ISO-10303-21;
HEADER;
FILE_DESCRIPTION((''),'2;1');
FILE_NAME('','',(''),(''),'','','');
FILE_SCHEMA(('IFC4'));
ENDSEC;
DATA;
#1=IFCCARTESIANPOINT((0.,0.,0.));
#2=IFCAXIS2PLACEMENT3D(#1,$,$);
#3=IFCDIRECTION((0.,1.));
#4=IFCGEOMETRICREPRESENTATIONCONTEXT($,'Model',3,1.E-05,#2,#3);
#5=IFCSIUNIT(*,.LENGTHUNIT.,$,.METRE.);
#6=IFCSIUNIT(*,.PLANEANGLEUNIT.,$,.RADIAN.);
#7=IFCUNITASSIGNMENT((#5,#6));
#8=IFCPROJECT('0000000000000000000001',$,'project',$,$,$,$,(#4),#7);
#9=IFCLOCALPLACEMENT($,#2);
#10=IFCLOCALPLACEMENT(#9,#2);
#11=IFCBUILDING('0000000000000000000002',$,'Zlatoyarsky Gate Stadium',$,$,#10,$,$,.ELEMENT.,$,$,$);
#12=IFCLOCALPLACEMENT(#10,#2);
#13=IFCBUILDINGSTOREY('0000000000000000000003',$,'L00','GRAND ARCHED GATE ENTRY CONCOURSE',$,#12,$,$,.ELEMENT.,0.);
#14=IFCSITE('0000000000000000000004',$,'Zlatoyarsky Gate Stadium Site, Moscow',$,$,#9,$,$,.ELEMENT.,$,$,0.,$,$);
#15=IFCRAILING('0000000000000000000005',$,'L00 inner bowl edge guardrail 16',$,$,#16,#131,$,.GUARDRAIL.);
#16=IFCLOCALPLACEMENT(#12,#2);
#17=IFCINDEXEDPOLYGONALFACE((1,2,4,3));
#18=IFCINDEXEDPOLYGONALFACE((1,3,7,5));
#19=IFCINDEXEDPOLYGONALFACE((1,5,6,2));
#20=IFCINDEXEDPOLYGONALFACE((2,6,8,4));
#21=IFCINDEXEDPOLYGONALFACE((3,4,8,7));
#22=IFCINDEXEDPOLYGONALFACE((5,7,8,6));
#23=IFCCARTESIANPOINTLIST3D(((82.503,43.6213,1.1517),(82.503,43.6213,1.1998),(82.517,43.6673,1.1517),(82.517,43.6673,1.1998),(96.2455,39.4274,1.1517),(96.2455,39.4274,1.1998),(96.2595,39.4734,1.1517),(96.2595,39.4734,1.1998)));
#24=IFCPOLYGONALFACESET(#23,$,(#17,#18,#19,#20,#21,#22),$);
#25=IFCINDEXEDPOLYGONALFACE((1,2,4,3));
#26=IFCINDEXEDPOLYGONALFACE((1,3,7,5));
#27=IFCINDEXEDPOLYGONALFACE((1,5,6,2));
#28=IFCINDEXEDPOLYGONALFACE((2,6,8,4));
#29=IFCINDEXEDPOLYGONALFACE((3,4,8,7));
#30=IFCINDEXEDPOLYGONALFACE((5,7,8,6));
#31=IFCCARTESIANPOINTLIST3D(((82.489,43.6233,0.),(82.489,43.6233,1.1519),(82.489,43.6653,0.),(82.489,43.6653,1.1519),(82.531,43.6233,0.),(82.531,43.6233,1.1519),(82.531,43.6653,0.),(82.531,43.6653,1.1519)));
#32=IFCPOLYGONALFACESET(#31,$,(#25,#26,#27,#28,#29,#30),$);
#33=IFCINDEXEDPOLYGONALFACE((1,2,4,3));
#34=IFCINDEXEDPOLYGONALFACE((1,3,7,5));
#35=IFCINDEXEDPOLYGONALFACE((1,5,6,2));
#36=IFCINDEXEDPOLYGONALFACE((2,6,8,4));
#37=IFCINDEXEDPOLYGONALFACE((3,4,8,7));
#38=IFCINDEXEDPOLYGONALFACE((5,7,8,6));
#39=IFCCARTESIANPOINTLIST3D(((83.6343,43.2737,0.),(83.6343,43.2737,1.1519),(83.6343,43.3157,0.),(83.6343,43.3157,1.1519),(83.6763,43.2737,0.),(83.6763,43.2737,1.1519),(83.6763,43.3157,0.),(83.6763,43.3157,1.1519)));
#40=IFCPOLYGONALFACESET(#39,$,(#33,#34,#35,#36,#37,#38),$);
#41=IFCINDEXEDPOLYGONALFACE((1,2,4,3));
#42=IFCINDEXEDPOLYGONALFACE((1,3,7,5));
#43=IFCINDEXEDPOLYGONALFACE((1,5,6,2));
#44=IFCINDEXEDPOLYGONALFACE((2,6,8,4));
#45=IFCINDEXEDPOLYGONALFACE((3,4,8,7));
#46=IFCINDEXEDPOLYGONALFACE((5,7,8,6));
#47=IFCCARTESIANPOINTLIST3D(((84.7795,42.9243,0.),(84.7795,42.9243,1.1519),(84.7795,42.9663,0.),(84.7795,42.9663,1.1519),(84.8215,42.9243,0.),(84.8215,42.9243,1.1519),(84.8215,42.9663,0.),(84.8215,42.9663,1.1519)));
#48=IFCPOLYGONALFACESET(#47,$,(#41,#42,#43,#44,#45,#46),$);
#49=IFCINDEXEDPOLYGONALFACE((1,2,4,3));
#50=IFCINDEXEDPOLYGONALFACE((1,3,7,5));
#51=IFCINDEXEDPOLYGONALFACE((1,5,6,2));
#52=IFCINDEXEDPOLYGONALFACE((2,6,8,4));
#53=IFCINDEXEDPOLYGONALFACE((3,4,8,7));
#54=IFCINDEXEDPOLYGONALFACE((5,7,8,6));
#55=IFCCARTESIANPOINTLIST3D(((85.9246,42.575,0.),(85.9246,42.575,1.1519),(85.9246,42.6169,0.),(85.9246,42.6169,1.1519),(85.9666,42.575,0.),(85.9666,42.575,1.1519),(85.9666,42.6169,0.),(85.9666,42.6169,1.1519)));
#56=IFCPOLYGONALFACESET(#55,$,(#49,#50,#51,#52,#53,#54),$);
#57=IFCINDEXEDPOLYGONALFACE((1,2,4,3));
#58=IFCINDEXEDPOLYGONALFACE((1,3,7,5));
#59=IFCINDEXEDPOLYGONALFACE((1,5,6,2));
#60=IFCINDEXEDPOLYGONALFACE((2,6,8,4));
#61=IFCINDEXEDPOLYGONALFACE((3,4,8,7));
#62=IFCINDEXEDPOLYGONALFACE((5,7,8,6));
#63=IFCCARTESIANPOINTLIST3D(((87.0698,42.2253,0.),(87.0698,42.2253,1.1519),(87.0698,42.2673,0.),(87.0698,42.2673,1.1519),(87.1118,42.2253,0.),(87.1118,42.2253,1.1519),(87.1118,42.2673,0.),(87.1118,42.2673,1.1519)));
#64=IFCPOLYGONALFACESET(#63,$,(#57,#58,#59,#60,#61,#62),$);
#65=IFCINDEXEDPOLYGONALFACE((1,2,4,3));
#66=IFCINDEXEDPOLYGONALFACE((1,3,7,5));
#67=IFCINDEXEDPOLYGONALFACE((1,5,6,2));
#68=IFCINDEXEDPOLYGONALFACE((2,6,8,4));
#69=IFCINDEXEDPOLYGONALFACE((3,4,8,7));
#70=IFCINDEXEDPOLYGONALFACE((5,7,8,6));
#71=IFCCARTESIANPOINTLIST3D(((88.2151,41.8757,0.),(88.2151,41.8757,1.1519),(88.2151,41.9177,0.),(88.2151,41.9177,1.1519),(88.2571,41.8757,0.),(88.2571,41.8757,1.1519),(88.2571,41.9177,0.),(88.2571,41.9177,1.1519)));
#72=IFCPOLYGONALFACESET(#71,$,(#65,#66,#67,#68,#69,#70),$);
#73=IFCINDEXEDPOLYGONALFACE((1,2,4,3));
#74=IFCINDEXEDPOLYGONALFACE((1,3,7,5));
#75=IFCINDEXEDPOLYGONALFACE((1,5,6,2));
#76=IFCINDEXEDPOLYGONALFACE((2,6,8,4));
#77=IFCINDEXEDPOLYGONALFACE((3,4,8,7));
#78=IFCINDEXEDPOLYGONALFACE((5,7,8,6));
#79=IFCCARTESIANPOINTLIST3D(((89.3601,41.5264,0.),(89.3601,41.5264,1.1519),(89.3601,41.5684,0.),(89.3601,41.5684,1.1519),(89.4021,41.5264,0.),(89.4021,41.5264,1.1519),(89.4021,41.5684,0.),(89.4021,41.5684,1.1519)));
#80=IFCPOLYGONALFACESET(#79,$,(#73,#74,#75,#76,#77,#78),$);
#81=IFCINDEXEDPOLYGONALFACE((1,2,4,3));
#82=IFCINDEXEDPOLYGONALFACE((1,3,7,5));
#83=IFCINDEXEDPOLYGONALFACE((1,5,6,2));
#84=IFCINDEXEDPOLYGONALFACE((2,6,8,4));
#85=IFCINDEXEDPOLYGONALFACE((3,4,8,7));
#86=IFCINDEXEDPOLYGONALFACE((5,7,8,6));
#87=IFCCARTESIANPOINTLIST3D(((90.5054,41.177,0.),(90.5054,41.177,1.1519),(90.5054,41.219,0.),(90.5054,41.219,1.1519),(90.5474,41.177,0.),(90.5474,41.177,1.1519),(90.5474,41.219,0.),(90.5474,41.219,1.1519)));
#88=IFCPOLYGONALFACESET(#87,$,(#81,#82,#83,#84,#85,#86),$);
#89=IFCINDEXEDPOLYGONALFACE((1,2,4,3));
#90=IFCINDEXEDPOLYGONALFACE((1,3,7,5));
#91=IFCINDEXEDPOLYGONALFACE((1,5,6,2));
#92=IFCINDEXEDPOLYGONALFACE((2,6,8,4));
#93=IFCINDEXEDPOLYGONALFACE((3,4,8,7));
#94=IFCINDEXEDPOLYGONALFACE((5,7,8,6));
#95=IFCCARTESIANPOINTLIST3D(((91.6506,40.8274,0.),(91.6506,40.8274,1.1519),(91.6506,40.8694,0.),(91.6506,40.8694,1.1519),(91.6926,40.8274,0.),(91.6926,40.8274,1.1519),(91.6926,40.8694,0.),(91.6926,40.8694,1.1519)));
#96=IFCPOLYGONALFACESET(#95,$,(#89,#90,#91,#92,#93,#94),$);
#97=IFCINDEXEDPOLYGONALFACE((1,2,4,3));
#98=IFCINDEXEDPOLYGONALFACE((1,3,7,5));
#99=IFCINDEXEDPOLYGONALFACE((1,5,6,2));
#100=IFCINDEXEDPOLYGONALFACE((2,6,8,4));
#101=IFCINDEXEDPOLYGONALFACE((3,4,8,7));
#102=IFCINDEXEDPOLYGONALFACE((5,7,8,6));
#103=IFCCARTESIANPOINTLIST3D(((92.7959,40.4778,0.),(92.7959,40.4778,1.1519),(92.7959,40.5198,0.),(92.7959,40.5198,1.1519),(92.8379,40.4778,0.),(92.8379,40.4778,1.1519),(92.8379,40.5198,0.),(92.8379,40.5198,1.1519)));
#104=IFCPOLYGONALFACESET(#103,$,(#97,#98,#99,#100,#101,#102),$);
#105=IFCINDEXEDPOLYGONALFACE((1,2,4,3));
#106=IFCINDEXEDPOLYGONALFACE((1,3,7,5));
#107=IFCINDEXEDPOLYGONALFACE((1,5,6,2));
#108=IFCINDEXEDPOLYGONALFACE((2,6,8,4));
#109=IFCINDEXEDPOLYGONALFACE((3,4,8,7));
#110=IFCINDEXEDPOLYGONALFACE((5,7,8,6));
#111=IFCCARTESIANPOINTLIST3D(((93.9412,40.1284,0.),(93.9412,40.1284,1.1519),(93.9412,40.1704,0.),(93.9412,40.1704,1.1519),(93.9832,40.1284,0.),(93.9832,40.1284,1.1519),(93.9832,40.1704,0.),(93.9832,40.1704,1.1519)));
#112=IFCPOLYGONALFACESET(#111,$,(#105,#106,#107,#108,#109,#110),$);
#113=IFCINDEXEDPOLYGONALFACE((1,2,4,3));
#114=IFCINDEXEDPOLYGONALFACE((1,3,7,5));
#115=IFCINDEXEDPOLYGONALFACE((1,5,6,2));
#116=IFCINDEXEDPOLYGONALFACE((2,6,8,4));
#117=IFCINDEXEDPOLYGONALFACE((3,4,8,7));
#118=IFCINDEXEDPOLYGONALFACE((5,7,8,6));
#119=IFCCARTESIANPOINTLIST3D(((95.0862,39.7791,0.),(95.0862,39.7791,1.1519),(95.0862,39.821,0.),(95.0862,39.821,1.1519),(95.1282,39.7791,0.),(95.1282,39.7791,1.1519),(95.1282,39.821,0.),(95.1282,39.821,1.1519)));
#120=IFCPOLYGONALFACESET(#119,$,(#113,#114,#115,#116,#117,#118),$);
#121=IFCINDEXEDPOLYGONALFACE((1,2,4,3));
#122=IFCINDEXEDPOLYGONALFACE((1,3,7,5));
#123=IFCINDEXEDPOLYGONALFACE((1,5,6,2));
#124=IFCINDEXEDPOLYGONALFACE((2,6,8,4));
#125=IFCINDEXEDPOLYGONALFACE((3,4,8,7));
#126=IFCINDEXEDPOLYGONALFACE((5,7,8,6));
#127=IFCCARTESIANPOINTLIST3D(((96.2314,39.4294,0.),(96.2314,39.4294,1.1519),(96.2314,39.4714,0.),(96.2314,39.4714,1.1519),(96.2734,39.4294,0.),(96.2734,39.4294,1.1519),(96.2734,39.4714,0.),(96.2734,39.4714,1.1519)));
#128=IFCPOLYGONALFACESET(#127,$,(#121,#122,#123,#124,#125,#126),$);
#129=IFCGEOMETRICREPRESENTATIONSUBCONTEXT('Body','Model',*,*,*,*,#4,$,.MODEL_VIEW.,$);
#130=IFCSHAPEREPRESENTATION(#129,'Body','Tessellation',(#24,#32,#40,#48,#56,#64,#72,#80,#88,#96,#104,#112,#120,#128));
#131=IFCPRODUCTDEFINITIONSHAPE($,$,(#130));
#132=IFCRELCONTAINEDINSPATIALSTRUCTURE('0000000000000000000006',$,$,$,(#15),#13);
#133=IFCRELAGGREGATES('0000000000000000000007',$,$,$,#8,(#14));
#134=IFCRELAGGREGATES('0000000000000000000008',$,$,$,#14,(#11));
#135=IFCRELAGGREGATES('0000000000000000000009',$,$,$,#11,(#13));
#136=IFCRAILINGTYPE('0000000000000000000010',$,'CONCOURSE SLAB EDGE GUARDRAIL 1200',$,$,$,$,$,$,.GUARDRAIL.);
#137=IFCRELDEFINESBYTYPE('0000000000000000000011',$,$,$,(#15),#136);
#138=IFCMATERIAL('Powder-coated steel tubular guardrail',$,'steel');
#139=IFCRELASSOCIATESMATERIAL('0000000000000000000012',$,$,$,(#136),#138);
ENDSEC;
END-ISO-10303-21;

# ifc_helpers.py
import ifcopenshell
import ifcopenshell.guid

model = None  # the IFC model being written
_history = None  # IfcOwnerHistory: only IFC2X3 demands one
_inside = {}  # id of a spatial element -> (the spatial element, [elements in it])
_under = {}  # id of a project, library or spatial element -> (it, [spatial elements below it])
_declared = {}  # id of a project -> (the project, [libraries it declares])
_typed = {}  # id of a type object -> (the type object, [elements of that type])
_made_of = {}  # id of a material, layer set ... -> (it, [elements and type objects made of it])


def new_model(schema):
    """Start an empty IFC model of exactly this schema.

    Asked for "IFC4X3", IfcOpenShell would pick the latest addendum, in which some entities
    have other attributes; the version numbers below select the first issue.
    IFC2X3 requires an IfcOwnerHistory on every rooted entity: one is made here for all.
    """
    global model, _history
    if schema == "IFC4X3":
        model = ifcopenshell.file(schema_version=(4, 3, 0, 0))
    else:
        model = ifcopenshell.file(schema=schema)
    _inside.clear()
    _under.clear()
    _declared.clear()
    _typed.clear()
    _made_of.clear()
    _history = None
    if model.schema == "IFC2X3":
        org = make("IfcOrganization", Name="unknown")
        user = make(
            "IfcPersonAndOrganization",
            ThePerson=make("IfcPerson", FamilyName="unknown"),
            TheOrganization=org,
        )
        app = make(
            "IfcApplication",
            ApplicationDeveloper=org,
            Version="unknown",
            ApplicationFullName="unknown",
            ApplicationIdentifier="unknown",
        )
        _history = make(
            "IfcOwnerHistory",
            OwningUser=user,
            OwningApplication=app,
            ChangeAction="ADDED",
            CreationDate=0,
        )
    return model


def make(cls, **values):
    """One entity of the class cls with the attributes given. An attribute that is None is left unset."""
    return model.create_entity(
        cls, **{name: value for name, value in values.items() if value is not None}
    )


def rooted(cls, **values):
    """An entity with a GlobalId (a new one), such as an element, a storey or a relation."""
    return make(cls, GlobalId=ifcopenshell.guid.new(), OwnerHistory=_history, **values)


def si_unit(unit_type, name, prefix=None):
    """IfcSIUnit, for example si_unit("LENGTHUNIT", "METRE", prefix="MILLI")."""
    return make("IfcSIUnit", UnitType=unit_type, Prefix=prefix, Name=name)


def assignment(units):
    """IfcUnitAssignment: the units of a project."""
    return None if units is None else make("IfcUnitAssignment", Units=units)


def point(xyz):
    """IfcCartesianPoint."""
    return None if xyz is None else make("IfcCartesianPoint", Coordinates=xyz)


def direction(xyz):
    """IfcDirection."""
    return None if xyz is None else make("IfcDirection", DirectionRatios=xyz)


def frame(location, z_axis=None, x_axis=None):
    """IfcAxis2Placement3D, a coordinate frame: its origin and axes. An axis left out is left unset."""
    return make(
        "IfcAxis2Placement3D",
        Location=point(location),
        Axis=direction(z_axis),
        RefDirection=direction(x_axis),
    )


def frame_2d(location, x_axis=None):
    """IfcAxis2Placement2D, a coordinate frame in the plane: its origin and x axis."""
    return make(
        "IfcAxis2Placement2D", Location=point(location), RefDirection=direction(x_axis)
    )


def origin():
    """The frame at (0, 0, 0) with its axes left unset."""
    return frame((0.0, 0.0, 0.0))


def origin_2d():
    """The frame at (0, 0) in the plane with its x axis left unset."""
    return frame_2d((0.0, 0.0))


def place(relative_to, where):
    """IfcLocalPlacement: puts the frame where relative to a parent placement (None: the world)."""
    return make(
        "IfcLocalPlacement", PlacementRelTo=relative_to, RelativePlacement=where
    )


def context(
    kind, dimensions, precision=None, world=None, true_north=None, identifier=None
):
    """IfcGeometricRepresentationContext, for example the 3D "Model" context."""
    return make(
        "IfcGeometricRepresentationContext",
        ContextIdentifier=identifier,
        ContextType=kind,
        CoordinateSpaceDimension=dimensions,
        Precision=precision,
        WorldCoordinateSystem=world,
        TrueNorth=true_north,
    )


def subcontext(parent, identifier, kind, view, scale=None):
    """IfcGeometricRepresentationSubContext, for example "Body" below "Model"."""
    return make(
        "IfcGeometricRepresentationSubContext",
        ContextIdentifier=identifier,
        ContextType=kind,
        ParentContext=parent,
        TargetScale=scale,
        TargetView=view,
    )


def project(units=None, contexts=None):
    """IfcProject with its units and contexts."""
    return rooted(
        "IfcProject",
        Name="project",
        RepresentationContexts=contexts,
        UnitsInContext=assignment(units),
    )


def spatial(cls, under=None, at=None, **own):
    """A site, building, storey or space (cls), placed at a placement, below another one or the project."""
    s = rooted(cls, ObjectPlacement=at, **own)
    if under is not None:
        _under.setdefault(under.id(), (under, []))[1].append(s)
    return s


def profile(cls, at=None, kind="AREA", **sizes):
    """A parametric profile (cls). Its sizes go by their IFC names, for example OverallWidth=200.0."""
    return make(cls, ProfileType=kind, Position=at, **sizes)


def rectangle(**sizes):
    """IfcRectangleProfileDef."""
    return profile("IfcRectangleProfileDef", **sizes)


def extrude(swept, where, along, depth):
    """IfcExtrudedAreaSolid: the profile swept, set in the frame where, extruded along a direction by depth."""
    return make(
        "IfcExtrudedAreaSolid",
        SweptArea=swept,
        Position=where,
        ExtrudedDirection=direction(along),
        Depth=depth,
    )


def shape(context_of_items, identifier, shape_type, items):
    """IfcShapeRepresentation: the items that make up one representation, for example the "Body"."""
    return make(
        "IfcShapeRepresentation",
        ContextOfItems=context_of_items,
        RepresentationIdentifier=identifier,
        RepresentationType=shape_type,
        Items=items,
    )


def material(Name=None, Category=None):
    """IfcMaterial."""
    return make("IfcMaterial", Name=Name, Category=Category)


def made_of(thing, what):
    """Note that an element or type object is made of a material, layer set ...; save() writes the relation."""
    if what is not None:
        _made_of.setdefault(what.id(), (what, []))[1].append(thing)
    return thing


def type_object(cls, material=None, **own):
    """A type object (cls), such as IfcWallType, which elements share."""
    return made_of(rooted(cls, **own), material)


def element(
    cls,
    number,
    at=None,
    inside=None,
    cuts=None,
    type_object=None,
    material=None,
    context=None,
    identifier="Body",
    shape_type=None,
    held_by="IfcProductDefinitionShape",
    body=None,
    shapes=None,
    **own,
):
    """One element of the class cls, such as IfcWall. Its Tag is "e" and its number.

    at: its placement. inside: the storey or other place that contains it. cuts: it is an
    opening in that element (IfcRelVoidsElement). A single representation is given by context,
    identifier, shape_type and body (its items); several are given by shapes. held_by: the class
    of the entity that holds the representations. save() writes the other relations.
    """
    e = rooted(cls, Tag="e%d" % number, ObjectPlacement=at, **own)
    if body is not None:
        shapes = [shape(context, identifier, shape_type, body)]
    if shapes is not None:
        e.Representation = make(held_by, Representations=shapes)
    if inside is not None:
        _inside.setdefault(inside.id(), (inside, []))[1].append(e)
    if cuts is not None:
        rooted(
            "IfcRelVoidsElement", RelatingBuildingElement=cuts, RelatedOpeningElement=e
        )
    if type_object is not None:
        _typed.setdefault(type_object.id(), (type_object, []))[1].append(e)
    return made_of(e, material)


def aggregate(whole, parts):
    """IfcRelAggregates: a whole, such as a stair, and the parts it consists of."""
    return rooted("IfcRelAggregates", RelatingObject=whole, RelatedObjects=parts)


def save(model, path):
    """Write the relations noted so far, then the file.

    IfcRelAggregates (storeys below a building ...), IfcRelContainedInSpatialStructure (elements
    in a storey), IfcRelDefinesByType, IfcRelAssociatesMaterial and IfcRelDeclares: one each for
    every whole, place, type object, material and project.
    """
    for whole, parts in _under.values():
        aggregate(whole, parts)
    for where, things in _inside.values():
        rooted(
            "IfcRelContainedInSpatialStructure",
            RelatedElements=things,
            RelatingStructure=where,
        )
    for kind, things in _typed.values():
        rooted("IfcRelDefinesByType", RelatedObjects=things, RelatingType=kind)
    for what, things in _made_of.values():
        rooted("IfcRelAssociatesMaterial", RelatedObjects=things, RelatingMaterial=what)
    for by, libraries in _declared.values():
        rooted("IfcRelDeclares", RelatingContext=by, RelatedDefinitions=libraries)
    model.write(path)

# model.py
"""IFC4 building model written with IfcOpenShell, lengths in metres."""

from ifc_helpers import new_model, si_unit, direction, frame, origin, origin_2d, place, context, subcontext, project, spatial, rectangle, extrude, material, type_object, element, save


model = new_model("IFC4")

# Units and contexts
model_context = context("Model", 3, precision=1e-05, world=origin(), true_north=direction((0.0, 1.0)))
body_context = subcontext(model_context, "Body", "Model", "MODEL_VIEW")
ifc_project = project(units=[si_unit("LENGTHUNIT", "METRE"), si_unit("PLANEANGLEUNIT", "RADIAN")], contexts=[model_context])

# Site, building, storey
site_placement = place(None, origin())
site = spatial("IfcSite", under=ifc_project, at=site_placement, Name="Zlatoyarsky Gate Stadium Site, Moscow", CompositionType="ELEMENT", RefElevation=0.0)
building_placement = place(site_placement, origin())
building = spatial("IfcBuilding", under=site, at=building_placement, Name="Zlatoyarsky Gate Stadium", CompositionType="ELEMENT")
storey_placement = place(building_placement, origin())
storey = spatial("IfcBuildingStorey", under=building, at=storey_placement, Name="L00", Description="GRAND ARCHED GATE ENTRY CONCOURSE", CompositionType="ELEMENT", Elevation=0.0)

# Railing
ifc_material_1 = material(Name="Powder-coated steel tubular guardrail", Category="steel")
railing_type = type_object("IfcRailingType", Name="CONCOURSE SLAB EDGE GUARDRAIL 1200", PredefinedType="GUARDRAIL", material=ifc_material_1)
railing_1_placement = place(storey_placement, frame((82.51, 43.6443, 0.0)))
element("IfcRailing", 1, at=railing_1_placement, inside=storey, type_object=railing_type, Name="L00 inner bowl edge guardrail 16", PredefinedType="GUARDRAIL", context=body_context, shape_type="SweptSolid", body=[
    extrude(rectangle(XDim=0.0481, YDim=0.0481, at=origin_2d()), frame((0.0, 0.0, 1.1758), z_axis=(0.956453, -0.291886, 0.0), x_axis=(0.291886, 0.956453, 0.0)), (0.0, 0.0, 1.0), 14.3682),
    extrude(rectangle(XDim=0.042, YDim=0.042, at=origin_2d()), origin(), (0.0, 0.0, 1.0), 1.1519),
    extrude(rectangle(XDim=0.042, YDim=0.042, at=origin_2d()), frame((1.1453, -0.3496, 0.0)), (0.0, 0.0, 1.0), 1.1519),
    extrude(rectangle(XDim=0.042, YDim=0.042, at=origin_2d()), frame((2.2905, -0.699, 0.0)), (0.0, 0.0, 1.0), 1.1519),
    extrude(rectangle(XDim=0.042, YDim=0.042, at=origin_2d()), frame((3.4355, -1.0483, 0.0)), (0.0, 0.0, 1.0), 1.1519),
    extrude(rectangle(XDim=0.042, YDim=0.042, at=origin_2d()), frame((4.5808, -1.3979, 0.0)), (0.0, 0.0, 1.0), 1.1519),
    extrude(rectangle(XDim=0.042, YDim=0.042, at=origin_2d()), frame((5.7261, -1.7476, 0.0)), (0.0, 0.0, 1.0), 1.1519),
    extrude(rectangle(XDim=0.042, YDim=0.042, at=origin_2d()), frame((6.8711, -2.0969, 0.0)), (0.0, 0.0, 1.0), 1.1519),
    extrude(rectangle(XDim=0.042, YDim=0.042, at=origin_2d()), frame((8.0164, -2.4463, 0.0)), (0.0, 0.0, 1.0), 1.1519),
    extrude(rectangle(XDim=0.042, YDim=0.042, at=origin_2d()), frame((9.1616, -2.7959, 0.0)), (0.0, 0.0, 1.0), 1.1519),
    extrude(rectangle(XDim=0.042, YDim=0.042, at=origin_2d()), frame((10.3069, -3.1455, 0.0)), (0.0, 0.0, 1.0), 1.1519),
    extrude(rectangle(XDim=0.042, YDim=0.042, at=origin_2d()), frame((11.4521, -3.4949, 0.0)), (0.0, 0.0, 1.0), 1.1519),
    extrude(rectangle(XDim=0.042, YDim=0.042, at=origin_2d()), frame((12.5972, -3.8442, 0.0)), (0.0, 0.0, 1.0), 1.1519),
    extrude(rectangle(XDim=0.042, YDim=0.042, at=origin_2d()), frame((13.7424, -4.1938, 0.0)), (0.0, 0.0, 1.0), 1.1519),
])

save(model, "model.ifc")
